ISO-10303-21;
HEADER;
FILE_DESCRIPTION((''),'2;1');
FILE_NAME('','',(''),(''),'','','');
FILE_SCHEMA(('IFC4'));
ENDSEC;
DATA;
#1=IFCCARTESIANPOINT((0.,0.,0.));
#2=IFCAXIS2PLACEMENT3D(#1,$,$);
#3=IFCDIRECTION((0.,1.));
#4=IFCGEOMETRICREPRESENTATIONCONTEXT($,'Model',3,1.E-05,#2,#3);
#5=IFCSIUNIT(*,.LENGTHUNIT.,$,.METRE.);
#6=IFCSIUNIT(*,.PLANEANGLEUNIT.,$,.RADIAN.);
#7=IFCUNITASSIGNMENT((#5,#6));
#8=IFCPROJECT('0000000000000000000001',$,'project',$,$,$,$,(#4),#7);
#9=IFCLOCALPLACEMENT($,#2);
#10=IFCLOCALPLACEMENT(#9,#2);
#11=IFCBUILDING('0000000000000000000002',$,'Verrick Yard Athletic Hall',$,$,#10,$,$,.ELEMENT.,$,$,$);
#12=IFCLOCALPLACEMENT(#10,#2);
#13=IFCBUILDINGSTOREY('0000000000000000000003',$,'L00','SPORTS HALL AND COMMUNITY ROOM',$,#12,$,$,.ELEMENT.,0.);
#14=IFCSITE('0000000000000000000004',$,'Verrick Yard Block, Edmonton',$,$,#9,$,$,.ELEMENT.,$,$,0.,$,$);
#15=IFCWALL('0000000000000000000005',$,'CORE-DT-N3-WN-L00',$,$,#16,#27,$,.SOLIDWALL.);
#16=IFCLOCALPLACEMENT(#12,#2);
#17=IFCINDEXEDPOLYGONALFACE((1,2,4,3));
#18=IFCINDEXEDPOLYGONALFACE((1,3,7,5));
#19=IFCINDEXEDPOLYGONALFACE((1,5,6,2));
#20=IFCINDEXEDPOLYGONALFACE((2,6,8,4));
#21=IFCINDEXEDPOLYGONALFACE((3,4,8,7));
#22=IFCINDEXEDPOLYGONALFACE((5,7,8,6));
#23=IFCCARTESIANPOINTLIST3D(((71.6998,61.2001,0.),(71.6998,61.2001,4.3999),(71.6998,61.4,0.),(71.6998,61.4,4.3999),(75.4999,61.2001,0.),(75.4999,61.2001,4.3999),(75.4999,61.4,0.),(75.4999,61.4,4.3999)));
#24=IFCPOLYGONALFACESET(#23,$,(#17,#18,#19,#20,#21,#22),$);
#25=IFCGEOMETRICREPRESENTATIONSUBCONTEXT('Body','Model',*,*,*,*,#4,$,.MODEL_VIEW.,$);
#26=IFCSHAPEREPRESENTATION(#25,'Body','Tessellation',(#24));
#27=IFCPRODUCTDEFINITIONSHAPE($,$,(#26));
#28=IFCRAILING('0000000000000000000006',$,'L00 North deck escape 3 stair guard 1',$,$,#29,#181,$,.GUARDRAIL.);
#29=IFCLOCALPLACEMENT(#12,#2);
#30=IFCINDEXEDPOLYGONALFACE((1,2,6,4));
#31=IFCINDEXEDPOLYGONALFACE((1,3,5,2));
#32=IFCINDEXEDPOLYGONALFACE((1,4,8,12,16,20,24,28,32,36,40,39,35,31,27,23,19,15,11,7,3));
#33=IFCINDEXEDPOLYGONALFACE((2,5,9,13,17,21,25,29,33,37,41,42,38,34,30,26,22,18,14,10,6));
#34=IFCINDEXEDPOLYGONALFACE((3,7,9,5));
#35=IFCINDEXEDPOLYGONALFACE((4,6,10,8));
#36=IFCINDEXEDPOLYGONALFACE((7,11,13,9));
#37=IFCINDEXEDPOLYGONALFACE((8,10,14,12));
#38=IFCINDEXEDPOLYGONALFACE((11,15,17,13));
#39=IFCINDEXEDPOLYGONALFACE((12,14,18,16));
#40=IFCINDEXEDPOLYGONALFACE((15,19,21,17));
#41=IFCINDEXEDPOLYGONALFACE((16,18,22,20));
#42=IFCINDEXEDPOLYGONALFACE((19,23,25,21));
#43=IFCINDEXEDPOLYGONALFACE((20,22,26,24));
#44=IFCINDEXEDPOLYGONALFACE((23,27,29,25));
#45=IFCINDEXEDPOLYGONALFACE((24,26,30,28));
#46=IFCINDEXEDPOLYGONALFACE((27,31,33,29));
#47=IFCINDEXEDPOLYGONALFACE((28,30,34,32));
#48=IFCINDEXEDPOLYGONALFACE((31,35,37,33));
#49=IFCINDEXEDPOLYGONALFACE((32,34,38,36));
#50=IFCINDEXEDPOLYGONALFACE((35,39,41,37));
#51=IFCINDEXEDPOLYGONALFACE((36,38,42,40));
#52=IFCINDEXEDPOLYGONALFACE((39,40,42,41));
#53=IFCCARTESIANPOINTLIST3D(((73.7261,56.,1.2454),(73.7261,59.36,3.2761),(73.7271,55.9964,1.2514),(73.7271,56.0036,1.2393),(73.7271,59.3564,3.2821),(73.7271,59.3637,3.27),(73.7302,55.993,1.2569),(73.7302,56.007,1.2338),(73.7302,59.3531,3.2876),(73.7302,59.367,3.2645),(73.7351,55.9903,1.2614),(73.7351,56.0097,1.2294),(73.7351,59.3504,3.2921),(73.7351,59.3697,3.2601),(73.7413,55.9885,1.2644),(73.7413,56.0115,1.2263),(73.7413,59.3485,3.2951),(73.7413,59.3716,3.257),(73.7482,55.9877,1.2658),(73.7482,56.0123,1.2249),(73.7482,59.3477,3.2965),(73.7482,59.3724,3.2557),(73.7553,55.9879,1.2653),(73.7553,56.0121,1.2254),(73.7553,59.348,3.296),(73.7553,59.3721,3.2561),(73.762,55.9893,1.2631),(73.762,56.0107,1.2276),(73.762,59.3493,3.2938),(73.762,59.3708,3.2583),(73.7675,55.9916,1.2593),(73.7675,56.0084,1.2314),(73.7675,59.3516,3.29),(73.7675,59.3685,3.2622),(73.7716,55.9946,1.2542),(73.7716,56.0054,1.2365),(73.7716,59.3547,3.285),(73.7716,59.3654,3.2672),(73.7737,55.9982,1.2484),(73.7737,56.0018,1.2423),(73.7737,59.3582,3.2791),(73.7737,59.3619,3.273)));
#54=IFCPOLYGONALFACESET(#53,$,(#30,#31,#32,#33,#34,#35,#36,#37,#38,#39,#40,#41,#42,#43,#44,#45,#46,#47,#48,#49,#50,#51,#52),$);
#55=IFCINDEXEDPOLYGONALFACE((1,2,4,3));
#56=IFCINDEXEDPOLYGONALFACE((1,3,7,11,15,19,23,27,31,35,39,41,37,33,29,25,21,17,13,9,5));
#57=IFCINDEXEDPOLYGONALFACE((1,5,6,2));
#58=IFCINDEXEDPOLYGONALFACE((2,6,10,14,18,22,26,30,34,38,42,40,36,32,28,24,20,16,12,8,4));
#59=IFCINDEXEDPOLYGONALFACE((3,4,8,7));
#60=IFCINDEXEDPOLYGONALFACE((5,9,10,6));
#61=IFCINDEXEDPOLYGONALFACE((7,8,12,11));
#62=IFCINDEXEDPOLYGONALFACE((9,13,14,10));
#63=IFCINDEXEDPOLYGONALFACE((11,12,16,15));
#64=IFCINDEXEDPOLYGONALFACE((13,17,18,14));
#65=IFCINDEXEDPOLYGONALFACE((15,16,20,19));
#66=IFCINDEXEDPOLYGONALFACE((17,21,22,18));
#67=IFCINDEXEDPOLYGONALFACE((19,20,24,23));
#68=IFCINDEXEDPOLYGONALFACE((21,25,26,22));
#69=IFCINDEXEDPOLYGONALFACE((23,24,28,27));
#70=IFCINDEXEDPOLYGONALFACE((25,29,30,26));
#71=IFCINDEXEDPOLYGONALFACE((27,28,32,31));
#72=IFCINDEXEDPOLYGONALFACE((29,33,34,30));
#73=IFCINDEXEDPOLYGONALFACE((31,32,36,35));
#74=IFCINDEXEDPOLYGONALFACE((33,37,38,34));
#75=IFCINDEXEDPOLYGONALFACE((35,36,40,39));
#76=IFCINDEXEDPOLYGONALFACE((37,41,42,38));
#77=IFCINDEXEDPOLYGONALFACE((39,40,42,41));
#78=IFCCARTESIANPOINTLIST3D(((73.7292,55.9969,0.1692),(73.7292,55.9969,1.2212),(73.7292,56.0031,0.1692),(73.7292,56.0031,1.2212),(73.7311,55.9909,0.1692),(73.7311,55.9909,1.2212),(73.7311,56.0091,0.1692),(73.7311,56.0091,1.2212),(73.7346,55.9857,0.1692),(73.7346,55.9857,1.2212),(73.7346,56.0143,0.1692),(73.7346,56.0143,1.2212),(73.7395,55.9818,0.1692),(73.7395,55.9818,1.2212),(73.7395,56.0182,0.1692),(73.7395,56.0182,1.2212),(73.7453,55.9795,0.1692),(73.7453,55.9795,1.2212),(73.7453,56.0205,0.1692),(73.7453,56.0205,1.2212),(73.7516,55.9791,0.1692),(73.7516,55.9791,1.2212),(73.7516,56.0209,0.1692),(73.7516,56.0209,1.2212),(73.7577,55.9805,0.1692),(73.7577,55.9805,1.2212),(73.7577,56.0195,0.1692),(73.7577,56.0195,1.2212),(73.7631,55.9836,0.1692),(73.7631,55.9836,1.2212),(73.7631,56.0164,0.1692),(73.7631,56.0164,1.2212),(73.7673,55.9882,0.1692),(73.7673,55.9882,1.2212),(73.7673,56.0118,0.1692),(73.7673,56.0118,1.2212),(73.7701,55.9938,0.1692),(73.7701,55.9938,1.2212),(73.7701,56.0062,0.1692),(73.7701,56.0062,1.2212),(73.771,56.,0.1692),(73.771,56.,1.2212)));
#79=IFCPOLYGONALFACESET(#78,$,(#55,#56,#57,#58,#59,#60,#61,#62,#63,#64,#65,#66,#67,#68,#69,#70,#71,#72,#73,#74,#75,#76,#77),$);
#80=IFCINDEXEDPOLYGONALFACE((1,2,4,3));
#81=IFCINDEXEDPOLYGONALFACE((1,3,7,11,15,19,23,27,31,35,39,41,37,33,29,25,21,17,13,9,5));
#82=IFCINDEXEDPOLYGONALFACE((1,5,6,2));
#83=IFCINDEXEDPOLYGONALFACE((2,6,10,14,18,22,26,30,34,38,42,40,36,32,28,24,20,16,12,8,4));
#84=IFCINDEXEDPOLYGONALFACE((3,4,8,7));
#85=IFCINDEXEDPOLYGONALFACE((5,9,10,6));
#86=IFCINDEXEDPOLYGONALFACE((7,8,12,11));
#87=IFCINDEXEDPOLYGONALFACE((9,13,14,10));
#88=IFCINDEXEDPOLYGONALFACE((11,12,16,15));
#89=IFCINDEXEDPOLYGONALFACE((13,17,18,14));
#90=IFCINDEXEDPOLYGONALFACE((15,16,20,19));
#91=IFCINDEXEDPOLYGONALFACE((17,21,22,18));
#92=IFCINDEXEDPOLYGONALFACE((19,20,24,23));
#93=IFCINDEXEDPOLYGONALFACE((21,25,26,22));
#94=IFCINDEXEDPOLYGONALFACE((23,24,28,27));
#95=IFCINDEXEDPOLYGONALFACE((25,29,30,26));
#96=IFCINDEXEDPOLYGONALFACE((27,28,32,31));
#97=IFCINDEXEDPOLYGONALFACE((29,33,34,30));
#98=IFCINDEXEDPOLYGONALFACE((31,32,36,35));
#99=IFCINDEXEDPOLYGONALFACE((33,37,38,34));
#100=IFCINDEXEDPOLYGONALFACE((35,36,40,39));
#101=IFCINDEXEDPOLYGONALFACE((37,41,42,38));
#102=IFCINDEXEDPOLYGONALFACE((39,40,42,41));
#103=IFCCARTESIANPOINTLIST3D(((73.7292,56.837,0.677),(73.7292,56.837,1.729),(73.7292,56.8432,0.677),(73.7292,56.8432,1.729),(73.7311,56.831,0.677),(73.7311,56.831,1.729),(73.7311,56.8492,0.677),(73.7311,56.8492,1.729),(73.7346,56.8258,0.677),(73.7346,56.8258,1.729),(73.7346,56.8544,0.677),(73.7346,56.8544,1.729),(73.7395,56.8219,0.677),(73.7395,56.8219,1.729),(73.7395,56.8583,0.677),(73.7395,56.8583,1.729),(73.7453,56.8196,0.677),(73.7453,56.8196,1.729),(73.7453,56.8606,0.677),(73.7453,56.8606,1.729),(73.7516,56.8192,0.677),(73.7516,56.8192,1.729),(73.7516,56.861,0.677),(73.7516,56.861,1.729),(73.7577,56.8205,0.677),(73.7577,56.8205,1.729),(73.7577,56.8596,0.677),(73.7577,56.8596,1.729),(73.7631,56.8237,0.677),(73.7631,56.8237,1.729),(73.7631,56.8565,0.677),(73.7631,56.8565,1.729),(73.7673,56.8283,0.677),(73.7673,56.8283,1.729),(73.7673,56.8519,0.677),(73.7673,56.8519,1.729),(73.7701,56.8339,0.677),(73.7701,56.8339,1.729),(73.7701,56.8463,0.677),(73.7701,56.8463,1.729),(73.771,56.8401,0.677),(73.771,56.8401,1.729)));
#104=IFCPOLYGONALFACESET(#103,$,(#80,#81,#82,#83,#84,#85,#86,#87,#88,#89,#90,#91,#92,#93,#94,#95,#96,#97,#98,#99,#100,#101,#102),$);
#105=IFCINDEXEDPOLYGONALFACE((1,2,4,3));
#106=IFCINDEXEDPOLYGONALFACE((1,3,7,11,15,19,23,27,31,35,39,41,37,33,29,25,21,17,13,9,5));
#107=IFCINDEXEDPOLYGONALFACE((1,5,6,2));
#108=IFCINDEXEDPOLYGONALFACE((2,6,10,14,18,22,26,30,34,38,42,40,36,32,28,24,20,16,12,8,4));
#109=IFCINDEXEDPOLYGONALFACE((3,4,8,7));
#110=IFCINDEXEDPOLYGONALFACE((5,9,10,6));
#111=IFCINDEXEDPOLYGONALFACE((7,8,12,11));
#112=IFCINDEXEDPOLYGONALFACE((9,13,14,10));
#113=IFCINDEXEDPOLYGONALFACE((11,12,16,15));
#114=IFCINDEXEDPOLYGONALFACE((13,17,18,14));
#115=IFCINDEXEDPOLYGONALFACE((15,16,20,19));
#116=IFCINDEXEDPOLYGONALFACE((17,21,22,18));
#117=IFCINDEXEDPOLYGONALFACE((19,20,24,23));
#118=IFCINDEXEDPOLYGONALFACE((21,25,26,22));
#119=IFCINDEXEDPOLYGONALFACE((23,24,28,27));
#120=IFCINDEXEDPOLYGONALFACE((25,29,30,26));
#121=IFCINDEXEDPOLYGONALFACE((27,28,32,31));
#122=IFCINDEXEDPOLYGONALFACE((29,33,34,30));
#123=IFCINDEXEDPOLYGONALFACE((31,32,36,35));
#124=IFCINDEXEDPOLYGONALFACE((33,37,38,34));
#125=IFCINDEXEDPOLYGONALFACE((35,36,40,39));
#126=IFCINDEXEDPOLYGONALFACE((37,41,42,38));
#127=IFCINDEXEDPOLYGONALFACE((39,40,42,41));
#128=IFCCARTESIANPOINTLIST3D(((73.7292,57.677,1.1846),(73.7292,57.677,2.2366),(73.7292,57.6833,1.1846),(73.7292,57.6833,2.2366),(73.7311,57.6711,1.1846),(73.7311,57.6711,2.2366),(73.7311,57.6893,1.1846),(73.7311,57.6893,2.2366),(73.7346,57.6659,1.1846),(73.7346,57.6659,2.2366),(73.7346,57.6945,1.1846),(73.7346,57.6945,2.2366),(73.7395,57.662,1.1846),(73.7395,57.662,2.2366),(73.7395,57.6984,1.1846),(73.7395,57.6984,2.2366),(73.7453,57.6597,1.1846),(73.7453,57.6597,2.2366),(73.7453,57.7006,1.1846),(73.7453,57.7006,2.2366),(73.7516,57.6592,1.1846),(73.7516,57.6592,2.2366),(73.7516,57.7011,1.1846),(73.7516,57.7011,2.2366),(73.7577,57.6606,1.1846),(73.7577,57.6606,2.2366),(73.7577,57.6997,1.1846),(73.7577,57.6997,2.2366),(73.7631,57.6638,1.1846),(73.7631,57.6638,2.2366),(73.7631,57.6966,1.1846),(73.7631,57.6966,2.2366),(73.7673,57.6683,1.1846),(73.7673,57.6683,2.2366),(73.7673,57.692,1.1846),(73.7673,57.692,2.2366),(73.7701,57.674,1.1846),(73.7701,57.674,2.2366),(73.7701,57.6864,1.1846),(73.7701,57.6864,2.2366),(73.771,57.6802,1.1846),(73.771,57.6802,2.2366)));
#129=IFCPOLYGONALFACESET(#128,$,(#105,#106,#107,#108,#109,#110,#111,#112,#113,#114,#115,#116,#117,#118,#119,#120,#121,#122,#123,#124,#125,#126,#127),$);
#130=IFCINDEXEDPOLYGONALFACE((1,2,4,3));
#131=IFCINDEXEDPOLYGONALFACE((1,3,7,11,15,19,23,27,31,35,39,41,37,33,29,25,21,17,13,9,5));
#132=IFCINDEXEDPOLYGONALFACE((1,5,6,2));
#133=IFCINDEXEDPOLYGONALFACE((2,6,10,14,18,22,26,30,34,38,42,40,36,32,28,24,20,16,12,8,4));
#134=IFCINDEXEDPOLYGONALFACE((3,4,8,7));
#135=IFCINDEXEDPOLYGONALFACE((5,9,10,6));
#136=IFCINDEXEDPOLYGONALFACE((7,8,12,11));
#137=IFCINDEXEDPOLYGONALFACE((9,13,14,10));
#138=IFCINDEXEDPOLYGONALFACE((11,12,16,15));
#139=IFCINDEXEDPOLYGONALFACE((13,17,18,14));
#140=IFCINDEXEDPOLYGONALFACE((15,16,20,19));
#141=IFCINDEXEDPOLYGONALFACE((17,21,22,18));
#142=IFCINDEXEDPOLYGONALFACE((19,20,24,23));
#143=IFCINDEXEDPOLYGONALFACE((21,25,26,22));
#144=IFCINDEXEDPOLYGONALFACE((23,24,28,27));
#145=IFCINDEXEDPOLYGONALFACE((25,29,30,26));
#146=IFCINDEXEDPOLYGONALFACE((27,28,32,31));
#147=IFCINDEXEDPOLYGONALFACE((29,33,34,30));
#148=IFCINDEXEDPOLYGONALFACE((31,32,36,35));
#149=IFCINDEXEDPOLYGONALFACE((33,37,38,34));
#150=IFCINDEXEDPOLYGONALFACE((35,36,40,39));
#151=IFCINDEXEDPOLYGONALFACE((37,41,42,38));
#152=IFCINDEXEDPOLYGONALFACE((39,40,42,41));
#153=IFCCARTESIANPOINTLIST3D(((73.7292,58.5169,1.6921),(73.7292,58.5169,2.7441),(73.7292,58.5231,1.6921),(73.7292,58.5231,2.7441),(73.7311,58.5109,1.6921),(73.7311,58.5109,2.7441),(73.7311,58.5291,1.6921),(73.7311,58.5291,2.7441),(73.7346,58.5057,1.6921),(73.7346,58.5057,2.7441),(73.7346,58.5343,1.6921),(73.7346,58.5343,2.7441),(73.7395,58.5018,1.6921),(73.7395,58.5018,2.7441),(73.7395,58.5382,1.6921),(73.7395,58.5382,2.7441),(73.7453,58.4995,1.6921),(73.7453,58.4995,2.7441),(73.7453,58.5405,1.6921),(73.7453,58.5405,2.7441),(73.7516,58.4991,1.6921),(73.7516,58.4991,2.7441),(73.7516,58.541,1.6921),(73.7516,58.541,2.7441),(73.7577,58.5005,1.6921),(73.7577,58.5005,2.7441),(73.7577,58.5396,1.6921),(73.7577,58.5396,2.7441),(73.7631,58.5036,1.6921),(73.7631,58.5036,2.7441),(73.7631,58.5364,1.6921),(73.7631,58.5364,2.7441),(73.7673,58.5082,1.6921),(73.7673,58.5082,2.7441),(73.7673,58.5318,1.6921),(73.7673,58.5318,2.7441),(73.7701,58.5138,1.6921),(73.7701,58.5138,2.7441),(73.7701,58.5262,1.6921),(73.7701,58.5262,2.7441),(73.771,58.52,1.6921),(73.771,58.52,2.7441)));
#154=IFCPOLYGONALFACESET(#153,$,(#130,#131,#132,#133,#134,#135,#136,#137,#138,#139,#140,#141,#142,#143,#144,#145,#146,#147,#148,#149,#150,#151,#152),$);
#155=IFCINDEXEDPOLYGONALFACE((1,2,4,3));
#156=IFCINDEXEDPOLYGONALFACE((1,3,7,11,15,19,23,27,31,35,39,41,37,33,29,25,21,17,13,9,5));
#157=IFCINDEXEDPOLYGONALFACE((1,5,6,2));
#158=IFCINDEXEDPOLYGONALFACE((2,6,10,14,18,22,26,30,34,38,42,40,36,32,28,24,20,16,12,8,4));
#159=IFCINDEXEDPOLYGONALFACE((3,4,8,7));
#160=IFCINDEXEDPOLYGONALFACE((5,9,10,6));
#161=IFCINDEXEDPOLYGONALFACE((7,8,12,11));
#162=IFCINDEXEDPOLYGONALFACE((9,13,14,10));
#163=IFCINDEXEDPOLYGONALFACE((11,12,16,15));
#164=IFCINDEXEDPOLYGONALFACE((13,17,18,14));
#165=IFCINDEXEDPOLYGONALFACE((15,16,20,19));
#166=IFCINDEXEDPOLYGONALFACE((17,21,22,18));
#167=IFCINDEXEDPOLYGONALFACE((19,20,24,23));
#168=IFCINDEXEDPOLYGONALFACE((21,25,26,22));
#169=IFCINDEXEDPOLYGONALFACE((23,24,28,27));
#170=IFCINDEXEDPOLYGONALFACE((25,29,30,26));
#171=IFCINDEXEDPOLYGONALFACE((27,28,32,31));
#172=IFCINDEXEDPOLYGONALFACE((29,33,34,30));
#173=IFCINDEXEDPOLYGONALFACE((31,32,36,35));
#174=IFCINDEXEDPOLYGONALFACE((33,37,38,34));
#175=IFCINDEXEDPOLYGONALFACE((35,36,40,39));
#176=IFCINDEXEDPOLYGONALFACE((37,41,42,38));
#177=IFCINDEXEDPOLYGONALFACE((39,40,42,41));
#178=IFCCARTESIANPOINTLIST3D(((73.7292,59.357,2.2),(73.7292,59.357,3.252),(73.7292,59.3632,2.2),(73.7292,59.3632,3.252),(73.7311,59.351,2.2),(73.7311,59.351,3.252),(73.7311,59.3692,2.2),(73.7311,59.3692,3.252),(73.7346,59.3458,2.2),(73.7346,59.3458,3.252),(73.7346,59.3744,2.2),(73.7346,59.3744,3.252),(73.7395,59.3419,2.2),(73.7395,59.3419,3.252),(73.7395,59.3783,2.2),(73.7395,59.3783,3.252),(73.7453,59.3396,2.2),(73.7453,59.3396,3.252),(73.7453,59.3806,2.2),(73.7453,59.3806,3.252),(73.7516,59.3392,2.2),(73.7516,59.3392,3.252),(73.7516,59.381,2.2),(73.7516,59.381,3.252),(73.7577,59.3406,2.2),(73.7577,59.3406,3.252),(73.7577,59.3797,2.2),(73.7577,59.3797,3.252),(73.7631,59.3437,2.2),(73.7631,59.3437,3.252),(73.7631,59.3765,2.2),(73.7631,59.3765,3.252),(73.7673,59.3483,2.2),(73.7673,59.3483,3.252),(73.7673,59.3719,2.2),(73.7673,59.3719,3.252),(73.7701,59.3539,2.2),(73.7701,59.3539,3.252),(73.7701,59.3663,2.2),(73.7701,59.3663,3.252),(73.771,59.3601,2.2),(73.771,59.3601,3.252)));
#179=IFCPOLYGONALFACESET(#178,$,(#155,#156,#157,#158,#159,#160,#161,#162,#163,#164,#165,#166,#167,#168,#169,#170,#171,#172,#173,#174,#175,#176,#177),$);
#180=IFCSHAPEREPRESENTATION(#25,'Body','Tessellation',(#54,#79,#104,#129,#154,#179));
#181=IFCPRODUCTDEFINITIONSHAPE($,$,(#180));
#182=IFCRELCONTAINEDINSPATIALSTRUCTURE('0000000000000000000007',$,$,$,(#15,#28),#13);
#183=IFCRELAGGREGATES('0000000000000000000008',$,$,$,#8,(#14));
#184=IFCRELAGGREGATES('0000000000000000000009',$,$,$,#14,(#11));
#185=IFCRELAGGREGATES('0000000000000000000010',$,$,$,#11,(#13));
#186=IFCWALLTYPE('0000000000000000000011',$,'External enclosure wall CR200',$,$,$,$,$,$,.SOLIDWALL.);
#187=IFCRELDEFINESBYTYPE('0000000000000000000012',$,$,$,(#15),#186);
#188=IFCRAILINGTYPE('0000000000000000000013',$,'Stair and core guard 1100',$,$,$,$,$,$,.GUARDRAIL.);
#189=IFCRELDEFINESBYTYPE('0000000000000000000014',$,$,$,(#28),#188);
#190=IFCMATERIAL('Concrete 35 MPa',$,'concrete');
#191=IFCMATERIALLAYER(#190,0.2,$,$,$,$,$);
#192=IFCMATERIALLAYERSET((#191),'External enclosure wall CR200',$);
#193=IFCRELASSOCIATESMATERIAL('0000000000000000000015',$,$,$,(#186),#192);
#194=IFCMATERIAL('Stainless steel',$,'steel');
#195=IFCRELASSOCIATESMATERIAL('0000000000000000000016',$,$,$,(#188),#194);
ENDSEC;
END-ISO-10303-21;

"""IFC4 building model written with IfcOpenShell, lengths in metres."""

from ifc_helpers import new_model, si_unit, direction, frame, frame_2d, origin, origin_2d, place, context, subcontext, project, spatial, rectangle, circle, extrude, material, layer, layer_set, type_object, element, save


model = new_model("IFC4")

# Units and contexts
model_context = context("Model", 3, precision=1e-05, world=origin(), true_north=direction((0.0, 1.0)))
body_context = subcontext(model_context, "Body", "Model", "MODEL_VIEW")
ifc_project = project(units=[si_unit("LENGTHUNIT", "METRE"), si_unit("PLANEANGLEUNIT", "RADIAN")], contexts=[model_context])

# Site, building, storey
site_placement = place(None, origin())
site = spatial("IfcSite", under=ifc_project, at=site_placement, Name="Verrick Yard Block, Edmonton", CompositionType="ELEMENT", RefElevation=0.0)
building_placement = place(site_placement, origin())
building = spatial("IfcBuilding", under=site, at=building_placement, Name="Verrick Yard Athletic Hall", CompositionType="ELEMENT")
storey_placement = place(building_placement, origin())
storey = spatial("IfcBuildingStorey", under=building, at=storey_placement, Name="L00", Description="SPORTS HALL AND COMMUNITY ROOM", CompositionType="ELEMENT", Elevation=0.0)

# Shared definitions
ifc_material_1 = material(Name="Concrete 35 MPa", Category="concrete")

# Wall
ifc_layer_1 = layer(ifc_material_1, 0.2)
ifc_layer_set_1 = layer_set([ifc_layer_1], Name="External enclosure wall CR200")
wall_type = type_object("IfcWallType", Name="External enclosure wall CR200", PredefinedType="SOLIDWALL", material=ifc_layer_set_1)
wall_placement = place(storey_placement, frame((71.7, 61.3, 0.0), z_axis=(0.0, 0.0, 1.0), x_axis=(1.0, 0.0, 0.0)))
element("IfcWall", 1, at=wall_placement, inside=storey, type_object=wall_type, Name="CORE-DT-N3-WN-L00", PredefinedType="SOLIDWALL", context=body_context, shape_type="SweptSolid", body=[
    extrude(rectangle(XDim=3.8, YDim=0.2, at=frame_2d((1.8999, 0.0))), origin(), (0.0, 0.0, 1.0), 4.3999),
])

# Railing
ifc_material_2 = material(Name="Stainless steel", Category="steel")
railing_type_1 = type_object("IfcRailingType", Name="Stair and core guard 1100", PredefinedType="GUARDRAIL", material=ifc_material_2)
railing_1_placement = place(storey_placement, frame((73.75, 56.0, 0.1692)))
element("IfcRailing", 2, at=railing_1_placement, inside=storey, type_object=railing_type_1, Name="L00 North deck escape 3 stair guard 1", PredefinedType="GUARDRAIL", context=body_context, shape_type="SweptSolid", body=[
    extrude(circle(Radius=0.0239, at=origin_2d()), frame((0.0, 0.0, 1.0762), z_axis=(0.0, 0.855837, 0.517246), x_axis=(-1.0, 0.0, 0.0)), (0.0, 0.0, 1.0), 3.926),
    extrude(circle(Radius=0.021, at=origin_2d()), origin(), (0.0, 0.0, 1.0), 1.052),
    extrude(circle(Radius=0.021, at=origin_2d()), frame((0.0, 0.8401, 0.5078)), (0.0, 0.0, 1.0), 1.052),
    extrude(circle(Radius=0.021, at=origin_2d()), frame((0.0, 1.6802, 1.0154)), (0.0, 0.0, 1.0), 1.052),
    extrude(circle(Radius=0.021, at=origin_2d()), frame((0.0, 2.52, 1.5229)), (0.0, 0.0, 1.0), 1.052),
    extrude(circle(Radius=0.021, at=origin_2d()), frame((0.0, 3.3601, 2.0308)), (0.0, 0.0, 1.0), 1.052),
])

save(model, "model.ifc")
